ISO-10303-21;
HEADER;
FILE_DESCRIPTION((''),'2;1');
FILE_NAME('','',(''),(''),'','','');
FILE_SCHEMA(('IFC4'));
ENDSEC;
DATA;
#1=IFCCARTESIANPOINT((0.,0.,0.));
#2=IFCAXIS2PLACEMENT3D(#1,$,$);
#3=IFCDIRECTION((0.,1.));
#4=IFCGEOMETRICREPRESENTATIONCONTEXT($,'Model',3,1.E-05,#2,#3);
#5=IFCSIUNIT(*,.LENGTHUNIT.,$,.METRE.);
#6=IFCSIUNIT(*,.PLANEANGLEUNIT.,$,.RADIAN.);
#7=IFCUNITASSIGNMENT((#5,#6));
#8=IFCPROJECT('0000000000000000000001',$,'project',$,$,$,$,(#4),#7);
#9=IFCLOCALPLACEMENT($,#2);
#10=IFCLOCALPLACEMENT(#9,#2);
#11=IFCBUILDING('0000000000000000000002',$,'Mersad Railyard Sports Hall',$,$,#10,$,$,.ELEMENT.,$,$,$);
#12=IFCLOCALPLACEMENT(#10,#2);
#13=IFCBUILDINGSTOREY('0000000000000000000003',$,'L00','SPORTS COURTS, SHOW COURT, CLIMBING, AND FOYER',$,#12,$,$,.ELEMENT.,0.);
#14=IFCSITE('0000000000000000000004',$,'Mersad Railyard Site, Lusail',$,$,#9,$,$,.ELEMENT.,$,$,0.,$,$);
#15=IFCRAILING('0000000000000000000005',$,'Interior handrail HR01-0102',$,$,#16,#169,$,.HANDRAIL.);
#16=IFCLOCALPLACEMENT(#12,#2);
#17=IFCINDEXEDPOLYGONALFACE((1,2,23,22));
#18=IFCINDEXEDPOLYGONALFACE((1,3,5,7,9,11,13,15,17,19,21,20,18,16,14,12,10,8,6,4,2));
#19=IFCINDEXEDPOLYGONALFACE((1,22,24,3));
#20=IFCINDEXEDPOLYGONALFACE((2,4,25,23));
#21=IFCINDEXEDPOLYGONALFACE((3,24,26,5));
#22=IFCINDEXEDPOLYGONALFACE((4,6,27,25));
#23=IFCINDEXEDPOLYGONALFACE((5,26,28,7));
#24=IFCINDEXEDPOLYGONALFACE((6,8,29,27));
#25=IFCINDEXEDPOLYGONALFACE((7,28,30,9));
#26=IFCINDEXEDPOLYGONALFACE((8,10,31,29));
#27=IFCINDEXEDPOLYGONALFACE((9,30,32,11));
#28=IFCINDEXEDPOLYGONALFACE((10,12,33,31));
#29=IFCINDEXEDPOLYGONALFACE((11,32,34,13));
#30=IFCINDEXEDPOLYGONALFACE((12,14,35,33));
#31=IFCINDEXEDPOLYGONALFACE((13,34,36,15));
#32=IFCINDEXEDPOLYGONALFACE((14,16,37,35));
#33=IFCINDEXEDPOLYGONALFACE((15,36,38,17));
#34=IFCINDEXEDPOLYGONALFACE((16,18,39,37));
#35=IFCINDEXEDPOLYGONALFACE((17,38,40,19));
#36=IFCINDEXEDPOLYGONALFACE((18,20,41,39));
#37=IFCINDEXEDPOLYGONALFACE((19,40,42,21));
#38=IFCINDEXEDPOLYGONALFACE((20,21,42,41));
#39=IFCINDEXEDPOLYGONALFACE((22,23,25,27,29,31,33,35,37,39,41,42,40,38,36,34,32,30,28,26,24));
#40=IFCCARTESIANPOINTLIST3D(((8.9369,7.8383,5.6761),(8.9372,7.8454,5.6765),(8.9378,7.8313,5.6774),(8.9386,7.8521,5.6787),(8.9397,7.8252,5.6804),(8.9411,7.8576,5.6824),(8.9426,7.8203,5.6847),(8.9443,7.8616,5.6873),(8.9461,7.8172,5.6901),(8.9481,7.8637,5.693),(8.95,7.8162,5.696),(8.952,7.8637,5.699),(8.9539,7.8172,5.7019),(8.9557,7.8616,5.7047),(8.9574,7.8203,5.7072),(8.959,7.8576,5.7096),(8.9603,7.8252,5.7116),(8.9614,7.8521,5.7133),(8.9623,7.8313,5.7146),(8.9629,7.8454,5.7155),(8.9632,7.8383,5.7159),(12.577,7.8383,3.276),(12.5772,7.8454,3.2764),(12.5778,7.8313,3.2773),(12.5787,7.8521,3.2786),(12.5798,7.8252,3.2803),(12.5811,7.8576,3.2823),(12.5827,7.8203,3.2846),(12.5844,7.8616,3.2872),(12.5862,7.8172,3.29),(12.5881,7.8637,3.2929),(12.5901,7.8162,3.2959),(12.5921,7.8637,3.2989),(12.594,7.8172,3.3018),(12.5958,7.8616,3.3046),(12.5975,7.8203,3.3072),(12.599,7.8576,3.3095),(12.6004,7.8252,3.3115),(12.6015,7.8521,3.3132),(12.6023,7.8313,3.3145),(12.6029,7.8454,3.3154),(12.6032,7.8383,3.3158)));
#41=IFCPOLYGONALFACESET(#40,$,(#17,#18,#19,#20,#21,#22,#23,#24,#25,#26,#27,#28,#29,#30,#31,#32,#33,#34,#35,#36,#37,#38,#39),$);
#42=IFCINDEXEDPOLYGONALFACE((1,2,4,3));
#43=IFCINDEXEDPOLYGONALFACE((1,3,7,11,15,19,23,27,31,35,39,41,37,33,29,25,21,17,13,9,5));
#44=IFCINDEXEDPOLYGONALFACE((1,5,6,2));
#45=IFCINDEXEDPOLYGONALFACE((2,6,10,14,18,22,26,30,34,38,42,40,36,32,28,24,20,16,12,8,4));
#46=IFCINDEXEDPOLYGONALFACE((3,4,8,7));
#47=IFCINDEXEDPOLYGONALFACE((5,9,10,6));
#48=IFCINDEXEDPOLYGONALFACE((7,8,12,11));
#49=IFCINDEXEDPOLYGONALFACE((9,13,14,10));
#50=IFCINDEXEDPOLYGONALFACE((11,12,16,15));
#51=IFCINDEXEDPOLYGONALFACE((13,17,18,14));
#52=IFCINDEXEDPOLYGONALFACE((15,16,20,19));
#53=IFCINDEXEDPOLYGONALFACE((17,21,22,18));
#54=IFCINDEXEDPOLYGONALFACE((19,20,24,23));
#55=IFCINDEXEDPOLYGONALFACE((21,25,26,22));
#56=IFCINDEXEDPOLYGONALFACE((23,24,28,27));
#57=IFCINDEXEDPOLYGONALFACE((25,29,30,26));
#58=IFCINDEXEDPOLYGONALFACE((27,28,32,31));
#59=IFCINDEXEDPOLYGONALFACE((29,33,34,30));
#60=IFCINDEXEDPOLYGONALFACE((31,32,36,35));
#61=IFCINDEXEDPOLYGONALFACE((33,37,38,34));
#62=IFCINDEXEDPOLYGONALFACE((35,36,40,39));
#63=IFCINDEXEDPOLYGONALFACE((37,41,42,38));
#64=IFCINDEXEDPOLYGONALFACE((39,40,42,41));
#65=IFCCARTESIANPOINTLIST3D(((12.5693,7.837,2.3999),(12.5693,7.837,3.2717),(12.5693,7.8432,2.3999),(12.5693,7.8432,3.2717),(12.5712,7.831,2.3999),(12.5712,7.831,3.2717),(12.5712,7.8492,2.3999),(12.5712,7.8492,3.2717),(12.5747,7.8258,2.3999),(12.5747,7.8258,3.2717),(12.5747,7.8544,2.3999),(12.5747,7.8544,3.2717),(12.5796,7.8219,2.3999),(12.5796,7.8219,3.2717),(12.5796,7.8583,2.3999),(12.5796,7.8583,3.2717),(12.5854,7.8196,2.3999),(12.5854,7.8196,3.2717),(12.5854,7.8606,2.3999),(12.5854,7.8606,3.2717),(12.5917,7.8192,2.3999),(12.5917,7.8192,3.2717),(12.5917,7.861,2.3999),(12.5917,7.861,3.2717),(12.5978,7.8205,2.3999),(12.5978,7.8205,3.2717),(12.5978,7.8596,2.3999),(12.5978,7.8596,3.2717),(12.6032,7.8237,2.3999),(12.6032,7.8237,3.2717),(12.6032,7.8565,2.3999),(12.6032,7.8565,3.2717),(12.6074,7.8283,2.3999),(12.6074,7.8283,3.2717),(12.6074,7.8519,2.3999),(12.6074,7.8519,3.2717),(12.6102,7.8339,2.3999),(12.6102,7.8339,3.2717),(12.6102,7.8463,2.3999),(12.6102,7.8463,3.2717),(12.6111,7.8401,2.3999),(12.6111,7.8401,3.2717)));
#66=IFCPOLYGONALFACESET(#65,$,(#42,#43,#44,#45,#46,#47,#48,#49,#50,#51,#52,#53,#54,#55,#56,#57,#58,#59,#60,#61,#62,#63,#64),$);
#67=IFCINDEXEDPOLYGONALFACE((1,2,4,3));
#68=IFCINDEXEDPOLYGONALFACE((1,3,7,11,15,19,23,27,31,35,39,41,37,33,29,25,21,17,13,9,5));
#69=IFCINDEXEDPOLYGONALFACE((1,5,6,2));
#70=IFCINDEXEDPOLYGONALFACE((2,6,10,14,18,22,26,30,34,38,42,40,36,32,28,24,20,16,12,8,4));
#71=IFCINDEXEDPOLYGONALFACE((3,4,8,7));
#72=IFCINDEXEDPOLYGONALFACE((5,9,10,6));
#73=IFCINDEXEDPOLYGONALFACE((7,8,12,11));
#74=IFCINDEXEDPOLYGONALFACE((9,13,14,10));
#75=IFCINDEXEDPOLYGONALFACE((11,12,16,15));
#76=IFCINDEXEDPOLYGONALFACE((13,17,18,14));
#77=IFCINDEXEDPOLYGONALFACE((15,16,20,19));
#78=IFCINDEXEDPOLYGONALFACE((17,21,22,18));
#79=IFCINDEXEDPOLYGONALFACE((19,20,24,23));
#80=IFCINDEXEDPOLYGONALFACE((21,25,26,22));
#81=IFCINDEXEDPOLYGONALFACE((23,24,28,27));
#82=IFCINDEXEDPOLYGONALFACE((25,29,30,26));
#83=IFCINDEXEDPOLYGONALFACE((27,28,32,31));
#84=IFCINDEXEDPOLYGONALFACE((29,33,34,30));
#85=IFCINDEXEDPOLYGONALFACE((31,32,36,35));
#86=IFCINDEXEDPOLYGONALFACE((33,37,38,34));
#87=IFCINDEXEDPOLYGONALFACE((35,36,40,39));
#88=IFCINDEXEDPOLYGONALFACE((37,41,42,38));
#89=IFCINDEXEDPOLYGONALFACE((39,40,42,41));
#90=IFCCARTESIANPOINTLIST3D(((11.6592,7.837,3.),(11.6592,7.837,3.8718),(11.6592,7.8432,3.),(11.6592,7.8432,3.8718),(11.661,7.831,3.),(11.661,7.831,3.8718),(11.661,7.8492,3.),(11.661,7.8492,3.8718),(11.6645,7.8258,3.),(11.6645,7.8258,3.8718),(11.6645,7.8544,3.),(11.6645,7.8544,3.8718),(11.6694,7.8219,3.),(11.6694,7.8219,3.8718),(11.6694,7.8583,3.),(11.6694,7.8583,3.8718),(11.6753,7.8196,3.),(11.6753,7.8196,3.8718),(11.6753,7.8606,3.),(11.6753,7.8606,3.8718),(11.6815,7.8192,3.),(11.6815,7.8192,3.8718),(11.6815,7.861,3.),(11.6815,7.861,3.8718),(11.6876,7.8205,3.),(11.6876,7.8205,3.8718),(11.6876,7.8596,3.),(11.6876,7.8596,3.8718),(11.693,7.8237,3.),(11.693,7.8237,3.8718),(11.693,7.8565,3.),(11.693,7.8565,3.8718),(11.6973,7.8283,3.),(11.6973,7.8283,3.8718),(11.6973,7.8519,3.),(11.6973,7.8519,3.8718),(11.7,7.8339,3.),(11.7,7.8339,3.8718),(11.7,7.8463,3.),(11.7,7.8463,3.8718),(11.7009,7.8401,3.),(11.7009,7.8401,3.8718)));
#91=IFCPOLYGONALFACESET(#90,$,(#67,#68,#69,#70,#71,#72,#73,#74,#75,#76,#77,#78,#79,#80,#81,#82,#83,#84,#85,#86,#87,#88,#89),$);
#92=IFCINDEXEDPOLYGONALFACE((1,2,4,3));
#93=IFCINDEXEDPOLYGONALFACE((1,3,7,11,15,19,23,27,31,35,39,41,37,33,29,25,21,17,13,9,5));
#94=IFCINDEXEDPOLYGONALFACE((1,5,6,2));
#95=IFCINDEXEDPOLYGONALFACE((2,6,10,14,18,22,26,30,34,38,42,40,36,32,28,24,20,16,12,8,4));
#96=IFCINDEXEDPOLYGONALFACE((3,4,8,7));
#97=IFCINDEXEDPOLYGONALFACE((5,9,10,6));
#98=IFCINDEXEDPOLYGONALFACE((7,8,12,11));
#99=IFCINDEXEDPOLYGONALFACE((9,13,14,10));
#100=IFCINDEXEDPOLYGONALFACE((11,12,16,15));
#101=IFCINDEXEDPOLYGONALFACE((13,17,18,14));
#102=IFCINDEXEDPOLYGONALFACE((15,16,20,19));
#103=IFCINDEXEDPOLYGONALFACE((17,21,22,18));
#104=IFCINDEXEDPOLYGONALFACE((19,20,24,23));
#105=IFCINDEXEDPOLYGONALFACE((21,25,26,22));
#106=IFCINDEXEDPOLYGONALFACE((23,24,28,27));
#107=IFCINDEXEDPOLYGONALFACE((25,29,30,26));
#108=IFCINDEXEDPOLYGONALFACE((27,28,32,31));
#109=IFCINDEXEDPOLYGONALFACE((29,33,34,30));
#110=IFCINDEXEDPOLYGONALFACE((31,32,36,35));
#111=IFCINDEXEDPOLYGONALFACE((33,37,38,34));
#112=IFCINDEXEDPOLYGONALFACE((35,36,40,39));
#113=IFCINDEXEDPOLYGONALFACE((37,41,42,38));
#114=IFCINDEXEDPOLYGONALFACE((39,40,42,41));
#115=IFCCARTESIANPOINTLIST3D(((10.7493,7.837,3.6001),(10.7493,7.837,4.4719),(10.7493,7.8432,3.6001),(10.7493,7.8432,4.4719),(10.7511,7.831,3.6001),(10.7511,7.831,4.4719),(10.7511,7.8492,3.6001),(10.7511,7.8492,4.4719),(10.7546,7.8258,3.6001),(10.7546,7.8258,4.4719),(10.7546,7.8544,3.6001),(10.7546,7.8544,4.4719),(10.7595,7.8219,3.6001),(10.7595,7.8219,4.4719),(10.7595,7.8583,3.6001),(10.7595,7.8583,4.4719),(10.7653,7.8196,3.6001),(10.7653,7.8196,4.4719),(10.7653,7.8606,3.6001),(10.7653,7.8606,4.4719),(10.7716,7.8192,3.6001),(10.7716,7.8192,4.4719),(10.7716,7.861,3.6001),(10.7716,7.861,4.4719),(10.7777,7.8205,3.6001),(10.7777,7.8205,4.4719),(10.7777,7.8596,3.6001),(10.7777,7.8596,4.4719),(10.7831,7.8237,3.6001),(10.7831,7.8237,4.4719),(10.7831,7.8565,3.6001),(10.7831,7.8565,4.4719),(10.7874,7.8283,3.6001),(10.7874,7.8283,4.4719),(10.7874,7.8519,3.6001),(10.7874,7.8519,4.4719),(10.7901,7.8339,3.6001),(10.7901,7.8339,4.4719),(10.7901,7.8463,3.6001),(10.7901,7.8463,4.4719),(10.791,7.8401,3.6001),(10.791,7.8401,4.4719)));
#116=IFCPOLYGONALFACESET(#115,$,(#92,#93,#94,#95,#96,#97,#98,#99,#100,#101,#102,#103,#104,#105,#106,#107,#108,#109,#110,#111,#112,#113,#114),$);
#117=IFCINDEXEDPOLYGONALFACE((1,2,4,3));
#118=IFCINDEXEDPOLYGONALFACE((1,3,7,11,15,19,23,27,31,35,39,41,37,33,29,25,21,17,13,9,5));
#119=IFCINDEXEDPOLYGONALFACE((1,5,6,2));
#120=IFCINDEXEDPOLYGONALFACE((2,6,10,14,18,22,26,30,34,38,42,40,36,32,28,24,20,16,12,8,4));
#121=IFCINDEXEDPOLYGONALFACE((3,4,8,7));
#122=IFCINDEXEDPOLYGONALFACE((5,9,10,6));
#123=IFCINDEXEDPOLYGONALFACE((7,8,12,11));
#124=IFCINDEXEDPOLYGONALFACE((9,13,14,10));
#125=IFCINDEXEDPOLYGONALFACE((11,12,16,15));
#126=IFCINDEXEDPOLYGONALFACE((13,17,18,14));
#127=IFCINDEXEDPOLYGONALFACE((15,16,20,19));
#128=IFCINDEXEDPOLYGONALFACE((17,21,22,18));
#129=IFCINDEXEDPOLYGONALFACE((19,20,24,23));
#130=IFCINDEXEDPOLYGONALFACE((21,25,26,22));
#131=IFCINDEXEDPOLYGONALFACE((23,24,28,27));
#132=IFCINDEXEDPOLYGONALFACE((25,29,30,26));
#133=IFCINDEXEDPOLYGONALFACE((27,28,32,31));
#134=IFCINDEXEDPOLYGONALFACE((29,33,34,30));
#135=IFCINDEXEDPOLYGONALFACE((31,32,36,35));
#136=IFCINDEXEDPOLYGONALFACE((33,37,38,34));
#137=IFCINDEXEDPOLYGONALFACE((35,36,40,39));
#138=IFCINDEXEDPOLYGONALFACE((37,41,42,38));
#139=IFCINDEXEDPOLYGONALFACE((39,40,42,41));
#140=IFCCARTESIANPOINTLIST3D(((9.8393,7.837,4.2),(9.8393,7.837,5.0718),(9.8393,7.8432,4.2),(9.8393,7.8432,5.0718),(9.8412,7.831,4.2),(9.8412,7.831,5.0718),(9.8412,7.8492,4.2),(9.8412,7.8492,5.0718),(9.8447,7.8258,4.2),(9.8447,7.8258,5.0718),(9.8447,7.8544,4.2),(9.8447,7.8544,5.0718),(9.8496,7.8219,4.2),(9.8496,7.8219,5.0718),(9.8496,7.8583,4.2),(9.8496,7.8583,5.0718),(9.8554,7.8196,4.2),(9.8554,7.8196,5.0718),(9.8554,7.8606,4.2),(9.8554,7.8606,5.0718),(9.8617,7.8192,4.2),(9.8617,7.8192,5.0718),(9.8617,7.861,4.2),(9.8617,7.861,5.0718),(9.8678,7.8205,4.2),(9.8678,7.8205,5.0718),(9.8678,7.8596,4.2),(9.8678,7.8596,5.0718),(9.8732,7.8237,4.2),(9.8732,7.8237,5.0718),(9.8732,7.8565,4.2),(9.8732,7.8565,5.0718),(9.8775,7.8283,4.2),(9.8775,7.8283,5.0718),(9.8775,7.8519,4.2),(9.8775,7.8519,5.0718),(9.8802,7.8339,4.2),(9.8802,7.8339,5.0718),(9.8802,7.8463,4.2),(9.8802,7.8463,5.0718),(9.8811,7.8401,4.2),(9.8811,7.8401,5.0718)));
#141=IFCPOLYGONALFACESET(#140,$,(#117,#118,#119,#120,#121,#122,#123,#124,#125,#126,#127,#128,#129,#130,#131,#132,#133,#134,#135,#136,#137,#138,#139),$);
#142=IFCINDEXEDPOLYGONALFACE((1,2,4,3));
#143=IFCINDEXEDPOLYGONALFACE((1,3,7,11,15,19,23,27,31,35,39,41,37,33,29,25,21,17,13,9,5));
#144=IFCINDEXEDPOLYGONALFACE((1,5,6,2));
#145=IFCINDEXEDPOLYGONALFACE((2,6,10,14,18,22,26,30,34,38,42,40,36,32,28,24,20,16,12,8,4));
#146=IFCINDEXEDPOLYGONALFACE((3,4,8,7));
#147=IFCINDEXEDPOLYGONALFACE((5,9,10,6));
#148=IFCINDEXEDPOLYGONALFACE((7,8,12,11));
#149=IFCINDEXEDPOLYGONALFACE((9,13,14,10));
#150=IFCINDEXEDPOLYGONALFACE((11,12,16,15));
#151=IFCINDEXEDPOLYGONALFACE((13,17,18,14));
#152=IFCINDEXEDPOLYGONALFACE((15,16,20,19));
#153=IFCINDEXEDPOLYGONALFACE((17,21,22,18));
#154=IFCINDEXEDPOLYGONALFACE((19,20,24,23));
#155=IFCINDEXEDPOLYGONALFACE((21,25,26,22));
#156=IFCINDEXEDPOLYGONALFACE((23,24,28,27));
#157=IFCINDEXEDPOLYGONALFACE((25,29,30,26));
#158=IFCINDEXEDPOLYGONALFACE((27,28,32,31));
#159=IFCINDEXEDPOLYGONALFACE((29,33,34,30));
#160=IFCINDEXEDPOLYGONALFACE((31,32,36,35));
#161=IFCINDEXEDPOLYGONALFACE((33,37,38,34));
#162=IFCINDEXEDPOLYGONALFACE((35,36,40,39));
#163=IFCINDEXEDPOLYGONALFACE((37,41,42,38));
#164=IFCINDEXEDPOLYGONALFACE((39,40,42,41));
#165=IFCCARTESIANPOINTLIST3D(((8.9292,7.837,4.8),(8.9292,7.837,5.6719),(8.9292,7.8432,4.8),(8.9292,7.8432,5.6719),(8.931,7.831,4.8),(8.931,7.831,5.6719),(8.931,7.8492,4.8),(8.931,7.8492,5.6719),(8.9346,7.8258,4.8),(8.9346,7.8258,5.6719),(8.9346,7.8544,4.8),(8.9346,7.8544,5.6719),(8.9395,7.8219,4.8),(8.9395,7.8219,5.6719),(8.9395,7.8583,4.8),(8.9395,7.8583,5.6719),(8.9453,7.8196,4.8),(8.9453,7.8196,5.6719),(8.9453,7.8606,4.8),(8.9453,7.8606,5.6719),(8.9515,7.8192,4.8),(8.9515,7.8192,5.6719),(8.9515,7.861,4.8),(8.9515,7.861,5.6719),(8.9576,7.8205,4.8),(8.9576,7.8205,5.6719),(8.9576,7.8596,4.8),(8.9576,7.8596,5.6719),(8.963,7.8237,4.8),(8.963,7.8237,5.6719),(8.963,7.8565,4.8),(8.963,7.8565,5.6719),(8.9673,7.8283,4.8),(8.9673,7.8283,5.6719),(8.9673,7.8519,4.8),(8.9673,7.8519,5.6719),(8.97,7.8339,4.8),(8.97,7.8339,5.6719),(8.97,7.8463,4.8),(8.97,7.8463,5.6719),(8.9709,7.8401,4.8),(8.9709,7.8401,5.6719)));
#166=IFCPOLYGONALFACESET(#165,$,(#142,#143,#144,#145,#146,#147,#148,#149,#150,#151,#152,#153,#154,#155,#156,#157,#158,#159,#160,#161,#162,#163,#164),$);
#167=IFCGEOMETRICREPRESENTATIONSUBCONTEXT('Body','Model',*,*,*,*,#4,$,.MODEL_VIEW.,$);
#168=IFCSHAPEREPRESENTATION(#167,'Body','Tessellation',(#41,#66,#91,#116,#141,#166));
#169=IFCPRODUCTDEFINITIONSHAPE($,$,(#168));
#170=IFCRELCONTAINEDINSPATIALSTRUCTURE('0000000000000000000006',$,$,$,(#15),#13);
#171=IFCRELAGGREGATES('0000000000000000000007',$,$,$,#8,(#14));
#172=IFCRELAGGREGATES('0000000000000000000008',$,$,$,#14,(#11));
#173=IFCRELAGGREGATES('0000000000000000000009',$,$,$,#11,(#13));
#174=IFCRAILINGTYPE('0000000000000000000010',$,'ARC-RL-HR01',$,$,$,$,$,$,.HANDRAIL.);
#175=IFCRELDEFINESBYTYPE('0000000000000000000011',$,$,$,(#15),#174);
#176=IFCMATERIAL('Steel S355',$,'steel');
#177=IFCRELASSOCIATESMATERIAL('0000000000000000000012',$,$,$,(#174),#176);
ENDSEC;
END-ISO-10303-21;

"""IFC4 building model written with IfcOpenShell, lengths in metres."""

from ifc_helpers import new_model, si_unit, direction, frame, origin, origin_2d, place, context, subcontext, project, spatial, circle, extrude, material, type_object, element, save


model = new_model("IFC4")

# Units and contexts
model_context = context("Model", 3, precision=1e-05, world=origin(), true_north=direction((0.0, 1.0)))
body_context = subcontext(model_context, "Body", "Model", "MODEL_VIEW")
ifc_project = project(units=[si_unit("LENGTHUNIT", "METRE"), si_unit("PLANEANGLEUNIT", "RADIAN")], contexts=[model_context])

# Site, building, storey
site_placement = place(None, origin())
site = spatial("IfcSite", under=ifc_project, at=site_placement, Name="Mersad Railyard Site, Lusail", CompositionType="ELEMENT", RefElevation=0.0)
building_placement = place(site_placement, origin())
building = spatial("IfcBuilding", under=site, at=building_placement, Name="Mersad Railyard Sports Hall", CompositionType="ELEMENT")
storey_placement = place(building_placement, origin())
storey = spatial("IfcBuildingStorey", under=building, at=storey_placement, Name="L00", Description="SPORTS COURTS, SHOW COURT, CLIMBING, AND FOYER", CompositionType="ELEMENT", Elevation=0.0)

# Shared definitions
ifc_material_1 = material(Name="Steel S355", Category="steel")

# Railing
railing_type_1 = type_object("IfcRailingType", Name="ARC-RL-HR01", PredefinedType="HANDRAIL", material=ifc_material_1)
railing_1_placement = place(storey_placement, frame((12.5901, 7.8401, 2.3999)))
element("IfcRailing", 1, at=railing_1_placement, inside=storey, type_object=railing_type_1, Name="Interior handrail HR01-0102", PredefinedType="HANDRAIL", context=body_context, shape_type="SweptSolid", body=[
    extrude(circle(Radius=0.0239, at=origin_2d()), frame((0.0, 0.0, 0.896), z_axis=(-0.834856, 0.0, 0.550468), x_axis=(0.0, -1.0, 0.0)), (0.0, 0.0, 1.0), 4.3601),
    extrude(circle(Radius=0.021, at=origin_2d()), origin(), (0.0, 0.0, 1.0), 0.8718),
    extrude(circle(Radius=0.021, at=origin_2d()), frame((-0.9102, 0.0, 0.6001)), (0.0, 0.0, 1.0), 0.8718),
    extrude(circle(Radius=0.021, at=origin_2d()), frame((-1.8201, 0.0, 1.2002)), (0.0, 0.0, 1.0), 0.8718),
    extrude(circle(Radius=0.021, at=origin_2d()), frame((-2.73, 0.0, 1.8)), (0.0, 0.0, 1.0), 0.8718),
    extrude(circle(Radius=0.021, at=origin_2d()), frame((-3.6401, 0.0, 2.4001)), (0.0, 0.0, 1.0), 0.8718),
])

save(model, "model.ifc")
